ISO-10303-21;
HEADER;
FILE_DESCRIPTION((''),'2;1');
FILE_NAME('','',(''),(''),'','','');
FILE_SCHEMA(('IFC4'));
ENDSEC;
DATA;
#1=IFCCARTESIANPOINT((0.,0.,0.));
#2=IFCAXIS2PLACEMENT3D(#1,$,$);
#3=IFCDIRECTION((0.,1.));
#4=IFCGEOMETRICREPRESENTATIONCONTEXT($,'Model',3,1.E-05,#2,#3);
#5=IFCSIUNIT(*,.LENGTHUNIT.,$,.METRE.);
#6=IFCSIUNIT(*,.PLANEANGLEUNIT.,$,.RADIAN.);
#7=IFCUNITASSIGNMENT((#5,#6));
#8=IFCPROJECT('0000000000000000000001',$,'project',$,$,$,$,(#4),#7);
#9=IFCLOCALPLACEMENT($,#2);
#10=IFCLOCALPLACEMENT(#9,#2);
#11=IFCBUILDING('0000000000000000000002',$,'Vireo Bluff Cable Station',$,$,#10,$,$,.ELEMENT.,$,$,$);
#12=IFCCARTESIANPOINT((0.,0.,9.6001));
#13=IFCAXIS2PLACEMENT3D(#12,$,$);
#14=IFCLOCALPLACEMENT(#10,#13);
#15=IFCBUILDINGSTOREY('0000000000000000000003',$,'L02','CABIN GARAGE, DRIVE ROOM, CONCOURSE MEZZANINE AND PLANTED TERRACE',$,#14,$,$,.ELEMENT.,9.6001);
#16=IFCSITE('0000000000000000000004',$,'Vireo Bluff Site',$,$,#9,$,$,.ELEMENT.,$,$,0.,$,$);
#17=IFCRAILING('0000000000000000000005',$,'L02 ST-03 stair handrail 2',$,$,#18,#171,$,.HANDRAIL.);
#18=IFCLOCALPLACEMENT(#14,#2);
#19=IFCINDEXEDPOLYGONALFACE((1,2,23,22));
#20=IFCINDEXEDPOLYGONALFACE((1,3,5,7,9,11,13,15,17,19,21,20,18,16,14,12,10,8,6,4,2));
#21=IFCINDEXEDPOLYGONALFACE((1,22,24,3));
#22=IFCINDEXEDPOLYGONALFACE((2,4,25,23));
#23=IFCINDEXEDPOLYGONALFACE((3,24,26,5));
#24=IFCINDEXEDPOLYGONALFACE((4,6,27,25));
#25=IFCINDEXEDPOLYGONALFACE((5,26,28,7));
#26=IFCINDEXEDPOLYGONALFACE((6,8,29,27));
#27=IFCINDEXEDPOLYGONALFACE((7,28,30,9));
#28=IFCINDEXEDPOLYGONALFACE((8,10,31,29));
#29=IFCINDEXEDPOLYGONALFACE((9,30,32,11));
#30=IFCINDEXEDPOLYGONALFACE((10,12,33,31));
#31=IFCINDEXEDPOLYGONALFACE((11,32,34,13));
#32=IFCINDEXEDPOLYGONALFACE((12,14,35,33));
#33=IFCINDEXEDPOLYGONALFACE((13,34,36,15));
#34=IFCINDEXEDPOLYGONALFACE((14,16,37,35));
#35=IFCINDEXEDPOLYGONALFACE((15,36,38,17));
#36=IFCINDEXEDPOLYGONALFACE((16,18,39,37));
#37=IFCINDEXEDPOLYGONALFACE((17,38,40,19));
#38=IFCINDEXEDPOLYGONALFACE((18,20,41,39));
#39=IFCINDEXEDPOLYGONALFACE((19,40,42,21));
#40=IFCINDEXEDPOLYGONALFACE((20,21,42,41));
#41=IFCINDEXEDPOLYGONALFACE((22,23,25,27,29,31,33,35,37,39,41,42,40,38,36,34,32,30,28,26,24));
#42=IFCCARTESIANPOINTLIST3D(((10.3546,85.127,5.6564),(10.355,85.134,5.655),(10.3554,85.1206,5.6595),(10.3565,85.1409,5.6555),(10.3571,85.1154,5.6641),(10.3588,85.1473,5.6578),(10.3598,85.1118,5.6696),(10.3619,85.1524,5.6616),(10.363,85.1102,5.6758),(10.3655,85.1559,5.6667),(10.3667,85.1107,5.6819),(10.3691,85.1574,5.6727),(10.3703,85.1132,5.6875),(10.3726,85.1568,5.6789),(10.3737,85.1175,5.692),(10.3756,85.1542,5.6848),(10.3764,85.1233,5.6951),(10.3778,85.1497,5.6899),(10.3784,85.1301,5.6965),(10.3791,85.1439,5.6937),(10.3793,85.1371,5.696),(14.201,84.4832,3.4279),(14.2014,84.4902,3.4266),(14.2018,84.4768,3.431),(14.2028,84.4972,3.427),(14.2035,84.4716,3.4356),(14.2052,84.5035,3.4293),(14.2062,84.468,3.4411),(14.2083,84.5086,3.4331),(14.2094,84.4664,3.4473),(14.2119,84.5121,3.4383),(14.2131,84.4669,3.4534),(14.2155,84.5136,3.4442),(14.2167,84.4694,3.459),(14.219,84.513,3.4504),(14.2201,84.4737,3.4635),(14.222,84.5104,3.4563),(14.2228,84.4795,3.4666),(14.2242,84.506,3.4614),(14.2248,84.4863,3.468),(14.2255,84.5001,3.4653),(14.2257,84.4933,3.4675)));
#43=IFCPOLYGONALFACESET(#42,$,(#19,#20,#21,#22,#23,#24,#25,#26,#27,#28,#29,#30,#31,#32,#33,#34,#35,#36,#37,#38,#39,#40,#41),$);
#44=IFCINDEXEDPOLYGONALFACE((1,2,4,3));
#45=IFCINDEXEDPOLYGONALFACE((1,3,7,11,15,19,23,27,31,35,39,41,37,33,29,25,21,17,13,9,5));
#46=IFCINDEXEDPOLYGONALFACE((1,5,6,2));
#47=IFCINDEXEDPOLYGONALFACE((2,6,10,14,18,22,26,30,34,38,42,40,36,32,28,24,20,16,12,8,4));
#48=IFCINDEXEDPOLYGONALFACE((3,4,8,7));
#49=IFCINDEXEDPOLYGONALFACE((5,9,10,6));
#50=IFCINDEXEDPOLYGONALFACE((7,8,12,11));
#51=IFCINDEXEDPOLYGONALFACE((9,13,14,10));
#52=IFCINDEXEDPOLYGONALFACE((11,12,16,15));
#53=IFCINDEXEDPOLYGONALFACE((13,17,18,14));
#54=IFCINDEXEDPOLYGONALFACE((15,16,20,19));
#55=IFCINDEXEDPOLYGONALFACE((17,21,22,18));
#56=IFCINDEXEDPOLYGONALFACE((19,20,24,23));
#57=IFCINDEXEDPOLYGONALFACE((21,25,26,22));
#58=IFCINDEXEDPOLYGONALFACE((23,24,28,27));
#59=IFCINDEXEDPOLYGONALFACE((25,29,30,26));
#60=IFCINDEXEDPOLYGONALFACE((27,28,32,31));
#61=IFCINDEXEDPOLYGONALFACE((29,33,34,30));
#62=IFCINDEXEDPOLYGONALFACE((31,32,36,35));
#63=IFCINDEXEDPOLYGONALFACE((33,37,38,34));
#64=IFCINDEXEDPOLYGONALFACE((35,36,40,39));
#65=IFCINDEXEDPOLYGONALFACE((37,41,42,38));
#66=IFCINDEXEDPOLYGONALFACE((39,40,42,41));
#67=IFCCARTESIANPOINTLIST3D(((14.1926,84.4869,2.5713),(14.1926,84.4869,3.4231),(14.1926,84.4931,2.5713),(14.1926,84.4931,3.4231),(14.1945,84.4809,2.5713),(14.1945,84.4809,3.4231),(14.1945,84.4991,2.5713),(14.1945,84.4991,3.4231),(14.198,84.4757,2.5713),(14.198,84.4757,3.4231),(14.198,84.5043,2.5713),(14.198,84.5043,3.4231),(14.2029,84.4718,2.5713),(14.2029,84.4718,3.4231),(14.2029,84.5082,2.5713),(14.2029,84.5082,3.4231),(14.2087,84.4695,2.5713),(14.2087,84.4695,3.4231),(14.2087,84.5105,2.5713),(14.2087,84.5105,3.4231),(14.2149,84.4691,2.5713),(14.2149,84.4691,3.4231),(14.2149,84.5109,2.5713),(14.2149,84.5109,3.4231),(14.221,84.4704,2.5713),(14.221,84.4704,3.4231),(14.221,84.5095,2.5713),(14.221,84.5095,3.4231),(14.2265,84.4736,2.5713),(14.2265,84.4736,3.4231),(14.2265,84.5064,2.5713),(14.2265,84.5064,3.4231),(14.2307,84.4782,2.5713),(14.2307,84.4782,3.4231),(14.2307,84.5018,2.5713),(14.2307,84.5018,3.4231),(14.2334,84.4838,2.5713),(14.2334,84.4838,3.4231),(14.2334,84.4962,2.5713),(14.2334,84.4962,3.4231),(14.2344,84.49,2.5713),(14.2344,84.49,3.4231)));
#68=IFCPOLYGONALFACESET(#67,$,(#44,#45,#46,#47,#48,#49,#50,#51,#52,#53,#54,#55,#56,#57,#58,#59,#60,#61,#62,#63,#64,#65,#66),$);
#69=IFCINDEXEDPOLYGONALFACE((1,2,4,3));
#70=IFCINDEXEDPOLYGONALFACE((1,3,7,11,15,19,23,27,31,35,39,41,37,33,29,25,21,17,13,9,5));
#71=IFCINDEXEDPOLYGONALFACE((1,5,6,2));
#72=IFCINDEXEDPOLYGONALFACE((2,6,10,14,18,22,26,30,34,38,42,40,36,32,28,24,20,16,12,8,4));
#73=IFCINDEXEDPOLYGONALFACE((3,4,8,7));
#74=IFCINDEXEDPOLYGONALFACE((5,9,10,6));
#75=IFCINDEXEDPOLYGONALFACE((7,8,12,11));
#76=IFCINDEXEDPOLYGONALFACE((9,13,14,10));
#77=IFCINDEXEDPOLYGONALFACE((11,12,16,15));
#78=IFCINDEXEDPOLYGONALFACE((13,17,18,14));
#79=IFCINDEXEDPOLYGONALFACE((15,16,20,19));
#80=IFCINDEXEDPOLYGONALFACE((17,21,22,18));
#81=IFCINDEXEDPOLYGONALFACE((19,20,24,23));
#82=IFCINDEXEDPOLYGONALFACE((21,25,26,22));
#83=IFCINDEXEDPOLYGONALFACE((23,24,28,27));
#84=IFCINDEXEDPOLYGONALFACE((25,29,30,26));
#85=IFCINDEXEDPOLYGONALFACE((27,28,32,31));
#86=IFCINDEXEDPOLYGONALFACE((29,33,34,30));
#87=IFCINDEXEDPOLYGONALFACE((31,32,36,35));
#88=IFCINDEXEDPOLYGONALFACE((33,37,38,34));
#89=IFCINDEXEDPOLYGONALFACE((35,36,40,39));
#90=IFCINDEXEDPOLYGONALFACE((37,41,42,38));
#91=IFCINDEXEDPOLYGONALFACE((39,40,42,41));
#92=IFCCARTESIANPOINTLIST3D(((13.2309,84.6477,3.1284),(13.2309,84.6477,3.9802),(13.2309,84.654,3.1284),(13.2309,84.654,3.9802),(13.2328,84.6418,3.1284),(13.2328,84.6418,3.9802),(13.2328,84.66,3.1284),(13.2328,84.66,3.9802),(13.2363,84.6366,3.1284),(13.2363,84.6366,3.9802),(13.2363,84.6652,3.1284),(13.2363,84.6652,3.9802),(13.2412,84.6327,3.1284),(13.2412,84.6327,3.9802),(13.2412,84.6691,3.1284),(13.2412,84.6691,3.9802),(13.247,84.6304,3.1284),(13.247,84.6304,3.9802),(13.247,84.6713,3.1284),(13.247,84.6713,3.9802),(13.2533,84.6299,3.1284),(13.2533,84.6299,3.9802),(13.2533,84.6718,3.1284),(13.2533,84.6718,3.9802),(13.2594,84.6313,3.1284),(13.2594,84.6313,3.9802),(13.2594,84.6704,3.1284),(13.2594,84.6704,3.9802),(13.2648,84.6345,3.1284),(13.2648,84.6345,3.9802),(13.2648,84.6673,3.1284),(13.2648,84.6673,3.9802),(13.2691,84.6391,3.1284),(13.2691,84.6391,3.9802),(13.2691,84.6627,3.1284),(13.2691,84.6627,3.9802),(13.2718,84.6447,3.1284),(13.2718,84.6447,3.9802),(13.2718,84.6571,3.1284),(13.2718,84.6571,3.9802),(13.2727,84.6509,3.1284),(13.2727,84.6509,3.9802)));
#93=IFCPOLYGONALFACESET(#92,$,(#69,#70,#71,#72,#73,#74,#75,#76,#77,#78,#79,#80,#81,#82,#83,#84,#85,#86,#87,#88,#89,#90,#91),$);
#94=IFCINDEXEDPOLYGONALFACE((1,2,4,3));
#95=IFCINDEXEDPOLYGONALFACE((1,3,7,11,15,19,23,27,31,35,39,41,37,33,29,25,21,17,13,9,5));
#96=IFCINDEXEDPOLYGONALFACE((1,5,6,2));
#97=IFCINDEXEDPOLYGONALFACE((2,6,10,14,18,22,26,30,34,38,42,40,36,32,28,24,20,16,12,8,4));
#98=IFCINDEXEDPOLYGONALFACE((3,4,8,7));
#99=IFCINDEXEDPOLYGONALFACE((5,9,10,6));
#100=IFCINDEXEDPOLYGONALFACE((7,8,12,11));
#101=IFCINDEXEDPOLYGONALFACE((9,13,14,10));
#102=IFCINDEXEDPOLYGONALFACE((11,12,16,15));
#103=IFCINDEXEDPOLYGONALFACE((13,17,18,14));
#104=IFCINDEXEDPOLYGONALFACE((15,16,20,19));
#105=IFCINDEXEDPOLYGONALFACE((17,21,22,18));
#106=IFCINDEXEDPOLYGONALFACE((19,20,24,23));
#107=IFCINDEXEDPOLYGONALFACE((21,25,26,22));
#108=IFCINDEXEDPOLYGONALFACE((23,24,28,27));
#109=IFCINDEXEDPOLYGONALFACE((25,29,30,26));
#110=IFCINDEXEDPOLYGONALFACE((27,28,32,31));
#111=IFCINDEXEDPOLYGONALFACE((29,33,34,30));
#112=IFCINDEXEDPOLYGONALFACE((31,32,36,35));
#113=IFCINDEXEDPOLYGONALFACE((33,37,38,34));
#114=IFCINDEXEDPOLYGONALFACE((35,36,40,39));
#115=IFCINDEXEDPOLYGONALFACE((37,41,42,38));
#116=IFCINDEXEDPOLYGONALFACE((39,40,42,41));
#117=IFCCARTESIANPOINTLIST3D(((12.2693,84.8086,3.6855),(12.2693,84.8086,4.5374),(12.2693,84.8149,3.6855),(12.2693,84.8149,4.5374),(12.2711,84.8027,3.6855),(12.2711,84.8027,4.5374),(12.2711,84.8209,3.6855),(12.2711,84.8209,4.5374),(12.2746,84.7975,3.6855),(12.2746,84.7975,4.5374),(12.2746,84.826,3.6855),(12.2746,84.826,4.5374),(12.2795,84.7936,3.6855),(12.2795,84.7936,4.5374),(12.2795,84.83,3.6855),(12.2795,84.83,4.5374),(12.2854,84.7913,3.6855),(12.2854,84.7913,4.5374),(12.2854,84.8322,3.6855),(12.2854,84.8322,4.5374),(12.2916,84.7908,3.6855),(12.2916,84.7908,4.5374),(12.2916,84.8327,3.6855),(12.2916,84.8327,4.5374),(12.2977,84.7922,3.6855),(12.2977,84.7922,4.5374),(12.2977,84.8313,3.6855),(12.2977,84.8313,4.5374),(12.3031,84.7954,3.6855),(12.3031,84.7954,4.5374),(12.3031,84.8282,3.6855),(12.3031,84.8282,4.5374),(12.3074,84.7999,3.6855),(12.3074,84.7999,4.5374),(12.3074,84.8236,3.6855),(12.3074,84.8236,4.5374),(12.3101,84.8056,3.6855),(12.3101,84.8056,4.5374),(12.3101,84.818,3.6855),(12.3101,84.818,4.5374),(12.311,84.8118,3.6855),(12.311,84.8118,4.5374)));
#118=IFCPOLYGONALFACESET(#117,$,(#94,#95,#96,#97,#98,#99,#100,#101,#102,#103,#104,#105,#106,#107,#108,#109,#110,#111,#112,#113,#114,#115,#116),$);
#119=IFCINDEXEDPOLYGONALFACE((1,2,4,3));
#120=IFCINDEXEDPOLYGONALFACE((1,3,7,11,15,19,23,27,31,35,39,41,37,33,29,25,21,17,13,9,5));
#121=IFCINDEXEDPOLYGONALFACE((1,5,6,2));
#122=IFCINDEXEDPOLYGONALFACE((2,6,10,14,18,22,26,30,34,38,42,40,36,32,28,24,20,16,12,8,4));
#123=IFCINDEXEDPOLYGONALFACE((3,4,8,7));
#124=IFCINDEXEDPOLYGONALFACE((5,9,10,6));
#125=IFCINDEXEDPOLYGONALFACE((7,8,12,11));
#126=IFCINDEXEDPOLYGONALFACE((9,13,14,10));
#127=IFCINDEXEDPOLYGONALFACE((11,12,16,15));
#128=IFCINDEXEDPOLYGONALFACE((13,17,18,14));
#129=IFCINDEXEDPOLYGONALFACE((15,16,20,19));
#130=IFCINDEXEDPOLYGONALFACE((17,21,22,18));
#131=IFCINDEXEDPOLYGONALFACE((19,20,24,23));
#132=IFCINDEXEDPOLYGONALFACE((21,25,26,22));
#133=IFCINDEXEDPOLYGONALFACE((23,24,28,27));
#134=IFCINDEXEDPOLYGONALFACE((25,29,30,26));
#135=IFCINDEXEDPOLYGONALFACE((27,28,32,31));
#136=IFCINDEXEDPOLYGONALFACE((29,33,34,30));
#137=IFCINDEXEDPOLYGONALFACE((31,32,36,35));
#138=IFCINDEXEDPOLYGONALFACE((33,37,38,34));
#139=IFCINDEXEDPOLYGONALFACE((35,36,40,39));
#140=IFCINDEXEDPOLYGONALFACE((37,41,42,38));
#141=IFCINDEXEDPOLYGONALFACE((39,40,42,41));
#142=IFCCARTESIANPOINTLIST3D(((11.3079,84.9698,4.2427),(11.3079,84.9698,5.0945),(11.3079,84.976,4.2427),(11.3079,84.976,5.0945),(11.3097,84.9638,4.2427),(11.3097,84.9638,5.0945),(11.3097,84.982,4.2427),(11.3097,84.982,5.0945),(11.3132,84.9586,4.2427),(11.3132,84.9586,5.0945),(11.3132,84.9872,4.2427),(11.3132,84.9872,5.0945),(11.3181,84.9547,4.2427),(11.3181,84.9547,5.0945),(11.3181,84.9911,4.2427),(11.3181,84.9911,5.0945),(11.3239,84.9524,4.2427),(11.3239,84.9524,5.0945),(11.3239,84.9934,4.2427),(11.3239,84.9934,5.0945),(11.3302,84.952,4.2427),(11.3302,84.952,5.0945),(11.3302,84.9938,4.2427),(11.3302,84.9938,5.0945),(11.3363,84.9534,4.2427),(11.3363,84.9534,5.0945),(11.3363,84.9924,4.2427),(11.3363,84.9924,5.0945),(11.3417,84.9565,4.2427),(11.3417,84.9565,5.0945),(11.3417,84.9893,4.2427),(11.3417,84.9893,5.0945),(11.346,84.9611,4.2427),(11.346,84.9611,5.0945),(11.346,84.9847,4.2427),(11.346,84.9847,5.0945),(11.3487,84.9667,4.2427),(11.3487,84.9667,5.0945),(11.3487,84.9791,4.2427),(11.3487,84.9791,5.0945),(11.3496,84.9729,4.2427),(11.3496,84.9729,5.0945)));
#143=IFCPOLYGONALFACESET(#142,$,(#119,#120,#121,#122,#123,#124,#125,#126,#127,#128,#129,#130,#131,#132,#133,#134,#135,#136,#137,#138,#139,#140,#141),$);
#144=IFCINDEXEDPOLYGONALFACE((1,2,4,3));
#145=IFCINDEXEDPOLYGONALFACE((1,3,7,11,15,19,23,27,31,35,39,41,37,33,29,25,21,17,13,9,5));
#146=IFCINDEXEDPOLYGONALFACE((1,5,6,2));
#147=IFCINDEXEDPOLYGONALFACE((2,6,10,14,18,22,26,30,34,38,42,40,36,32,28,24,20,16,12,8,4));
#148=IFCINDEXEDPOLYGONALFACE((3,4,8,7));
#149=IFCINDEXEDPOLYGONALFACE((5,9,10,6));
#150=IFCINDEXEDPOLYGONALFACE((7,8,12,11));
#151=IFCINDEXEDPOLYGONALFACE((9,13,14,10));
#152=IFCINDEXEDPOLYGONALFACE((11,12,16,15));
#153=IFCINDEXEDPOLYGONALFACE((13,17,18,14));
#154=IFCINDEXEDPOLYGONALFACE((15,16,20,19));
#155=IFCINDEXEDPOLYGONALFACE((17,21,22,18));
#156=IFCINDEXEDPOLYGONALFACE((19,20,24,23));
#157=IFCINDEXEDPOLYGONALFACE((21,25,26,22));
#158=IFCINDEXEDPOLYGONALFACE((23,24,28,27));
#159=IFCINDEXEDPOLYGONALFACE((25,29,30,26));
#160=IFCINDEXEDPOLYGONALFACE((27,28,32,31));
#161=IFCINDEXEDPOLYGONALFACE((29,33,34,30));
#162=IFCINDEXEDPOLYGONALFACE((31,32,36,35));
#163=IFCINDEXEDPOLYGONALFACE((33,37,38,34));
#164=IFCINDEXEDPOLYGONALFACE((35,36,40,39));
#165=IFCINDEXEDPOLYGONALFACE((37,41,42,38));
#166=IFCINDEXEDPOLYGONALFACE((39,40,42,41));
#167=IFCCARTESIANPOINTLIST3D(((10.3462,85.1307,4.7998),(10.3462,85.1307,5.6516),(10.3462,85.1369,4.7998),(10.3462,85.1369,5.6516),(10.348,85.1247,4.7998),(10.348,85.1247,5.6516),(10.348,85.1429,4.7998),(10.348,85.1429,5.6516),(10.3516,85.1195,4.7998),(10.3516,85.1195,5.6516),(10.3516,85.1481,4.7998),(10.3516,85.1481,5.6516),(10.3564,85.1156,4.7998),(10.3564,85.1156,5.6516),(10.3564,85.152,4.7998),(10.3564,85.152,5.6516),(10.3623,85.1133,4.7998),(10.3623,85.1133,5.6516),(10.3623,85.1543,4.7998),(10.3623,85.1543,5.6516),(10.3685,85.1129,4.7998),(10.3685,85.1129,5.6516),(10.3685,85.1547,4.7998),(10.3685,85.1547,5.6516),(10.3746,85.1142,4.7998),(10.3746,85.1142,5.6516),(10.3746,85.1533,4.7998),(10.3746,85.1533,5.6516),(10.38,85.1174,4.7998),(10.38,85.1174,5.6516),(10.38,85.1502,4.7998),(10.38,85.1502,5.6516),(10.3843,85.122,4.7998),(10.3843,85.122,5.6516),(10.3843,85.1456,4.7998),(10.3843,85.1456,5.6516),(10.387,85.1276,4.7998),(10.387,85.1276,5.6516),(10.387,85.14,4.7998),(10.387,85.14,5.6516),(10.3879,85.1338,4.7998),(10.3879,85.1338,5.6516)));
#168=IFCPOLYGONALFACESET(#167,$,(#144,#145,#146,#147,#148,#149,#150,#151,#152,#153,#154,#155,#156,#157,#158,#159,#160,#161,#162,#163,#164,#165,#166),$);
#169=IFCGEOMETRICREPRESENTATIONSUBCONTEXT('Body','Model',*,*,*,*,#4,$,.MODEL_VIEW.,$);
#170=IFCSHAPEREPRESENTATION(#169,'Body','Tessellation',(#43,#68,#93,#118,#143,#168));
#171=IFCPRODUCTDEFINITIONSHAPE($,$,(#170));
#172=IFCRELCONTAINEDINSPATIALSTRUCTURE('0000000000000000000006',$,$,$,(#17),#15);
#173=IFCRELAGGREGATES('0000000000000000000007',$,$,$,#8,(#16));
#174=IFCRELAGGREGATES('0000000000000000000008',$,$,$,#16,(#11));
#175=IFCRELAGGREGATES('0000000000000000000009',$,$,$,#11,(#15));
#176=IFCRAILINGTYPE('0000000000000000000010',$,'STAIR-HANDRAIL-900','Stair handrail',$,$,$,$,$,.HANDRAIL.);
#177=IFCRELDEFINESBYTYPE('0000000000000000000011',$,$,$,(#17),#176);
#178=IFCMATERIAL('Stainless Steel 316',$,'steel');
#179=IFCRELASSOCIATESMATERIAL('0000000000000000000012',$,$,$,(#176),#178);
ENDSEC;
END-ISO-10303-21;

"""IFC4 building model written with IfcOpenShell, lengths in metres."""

from ifc_helpers import new_model, si_unit, direction, frame, origin, origin_2d, place, context, subcontext, project, spatial, circle, extrude, material, type_object, element, save


model = new_model("IFC4")

# Units and contexts
model_context = context("Model", 3, precision=1e-05, world=origin(), true_north=direction((0.0, 1.0)))
body_context = subcontext(model_context, "Body", "Model", "MODEL_VIEW")
ifc_project = project(units=[si_unit("LENGTHUNIT", "METRE"), si_unit("PLANEANGLEUNIT", "RADIAN")], contexts=[model_context])

# Site, building, storey
site_placement = place(None, origin())
site = spatial("IfcSite", under=ifc_project, at=site_placement, Name="Vireo Bluff Site", CompositionType="ELEMENT", RefElevation=0.0)
building_placement = place(site_placement, origin())
building = spatial("IfcBuilding", under=site, at=building_placement, Name="Vireo Bluff Cable Station", CompositionType="ELEMENT")
storey_placement = place(building_placement, frame((0.0, 0.0, 9.6001)))
storey = spatial("IfcBuildingStorey", under=building, at=storey_placement, Name="L02", Description="CABIN GARAGE, DRIVE ROOM, CONCOURSE MEZZANINE AND PLANTED TERRACE", CompositionType="ELEMENT", Elevation=9.6001)

# Shared definitions
ifc_material_1 = material(Name="Stainless Steel 316", Category="steel")

# Railing
railing_type_1 = type_object("IfcRailingType", Name="STAIR-HANDRAIL-900", Description="Stair handrail", PredefinedType="HANDRAIL", material=ifc_material_1)
railing_1_placement = place(storey_placement, frame((14.2134, 84.49, 2.5713)))
element("IfcRailing", 1, at=railing_1_placement, inside=storey, type_object=railing_type_1, Name="L02 ST-03 stair handrail 2", PredefinedType="HANDRAIL", context=body_context, shape_type="SweptSolid", body=[
    extrude(circle(Radius=0.0239, at=origin_2d()), frame((0.0, 0.0, 0.876), z_axis=(-0.856333, 0.143329, 0.496135), x_axis=(-0.165079, -0.98628, 0.0)), (0.0, 0.0, 1.0), 4.4917),
    extrude(circle(Radius=0.021, at=origin_2d()), origin(), (0.0, 0.0, 1.0), 0.8518),
    extrude(circle(Radius=0.021, at=origin_2d()), frame((-0.9617, 0.1609, 0.5571)), (0.0, 0.0, 1.0), 0.8518),
    extrude(circle(Radius=0.021, at=origin_2d()), frame((-1.9233, 0.3218, 1.1143)), (0.0, 0.0, 1.0), 0.8518),
    extrude(circle(Radius=0.021, at=origin_2d()), frame((-2.8848, 0.4829, 1.6714)), (0.0, 0.0, 1.0), 0.8518),
    extrude(circle(Radius=0.021, at=origin_2d()), frame((-3.8464, 0.6438, 2.2285)), (0.0, 0.0, 1.0), 0.8518),
])

save(model, "model.ifc")
